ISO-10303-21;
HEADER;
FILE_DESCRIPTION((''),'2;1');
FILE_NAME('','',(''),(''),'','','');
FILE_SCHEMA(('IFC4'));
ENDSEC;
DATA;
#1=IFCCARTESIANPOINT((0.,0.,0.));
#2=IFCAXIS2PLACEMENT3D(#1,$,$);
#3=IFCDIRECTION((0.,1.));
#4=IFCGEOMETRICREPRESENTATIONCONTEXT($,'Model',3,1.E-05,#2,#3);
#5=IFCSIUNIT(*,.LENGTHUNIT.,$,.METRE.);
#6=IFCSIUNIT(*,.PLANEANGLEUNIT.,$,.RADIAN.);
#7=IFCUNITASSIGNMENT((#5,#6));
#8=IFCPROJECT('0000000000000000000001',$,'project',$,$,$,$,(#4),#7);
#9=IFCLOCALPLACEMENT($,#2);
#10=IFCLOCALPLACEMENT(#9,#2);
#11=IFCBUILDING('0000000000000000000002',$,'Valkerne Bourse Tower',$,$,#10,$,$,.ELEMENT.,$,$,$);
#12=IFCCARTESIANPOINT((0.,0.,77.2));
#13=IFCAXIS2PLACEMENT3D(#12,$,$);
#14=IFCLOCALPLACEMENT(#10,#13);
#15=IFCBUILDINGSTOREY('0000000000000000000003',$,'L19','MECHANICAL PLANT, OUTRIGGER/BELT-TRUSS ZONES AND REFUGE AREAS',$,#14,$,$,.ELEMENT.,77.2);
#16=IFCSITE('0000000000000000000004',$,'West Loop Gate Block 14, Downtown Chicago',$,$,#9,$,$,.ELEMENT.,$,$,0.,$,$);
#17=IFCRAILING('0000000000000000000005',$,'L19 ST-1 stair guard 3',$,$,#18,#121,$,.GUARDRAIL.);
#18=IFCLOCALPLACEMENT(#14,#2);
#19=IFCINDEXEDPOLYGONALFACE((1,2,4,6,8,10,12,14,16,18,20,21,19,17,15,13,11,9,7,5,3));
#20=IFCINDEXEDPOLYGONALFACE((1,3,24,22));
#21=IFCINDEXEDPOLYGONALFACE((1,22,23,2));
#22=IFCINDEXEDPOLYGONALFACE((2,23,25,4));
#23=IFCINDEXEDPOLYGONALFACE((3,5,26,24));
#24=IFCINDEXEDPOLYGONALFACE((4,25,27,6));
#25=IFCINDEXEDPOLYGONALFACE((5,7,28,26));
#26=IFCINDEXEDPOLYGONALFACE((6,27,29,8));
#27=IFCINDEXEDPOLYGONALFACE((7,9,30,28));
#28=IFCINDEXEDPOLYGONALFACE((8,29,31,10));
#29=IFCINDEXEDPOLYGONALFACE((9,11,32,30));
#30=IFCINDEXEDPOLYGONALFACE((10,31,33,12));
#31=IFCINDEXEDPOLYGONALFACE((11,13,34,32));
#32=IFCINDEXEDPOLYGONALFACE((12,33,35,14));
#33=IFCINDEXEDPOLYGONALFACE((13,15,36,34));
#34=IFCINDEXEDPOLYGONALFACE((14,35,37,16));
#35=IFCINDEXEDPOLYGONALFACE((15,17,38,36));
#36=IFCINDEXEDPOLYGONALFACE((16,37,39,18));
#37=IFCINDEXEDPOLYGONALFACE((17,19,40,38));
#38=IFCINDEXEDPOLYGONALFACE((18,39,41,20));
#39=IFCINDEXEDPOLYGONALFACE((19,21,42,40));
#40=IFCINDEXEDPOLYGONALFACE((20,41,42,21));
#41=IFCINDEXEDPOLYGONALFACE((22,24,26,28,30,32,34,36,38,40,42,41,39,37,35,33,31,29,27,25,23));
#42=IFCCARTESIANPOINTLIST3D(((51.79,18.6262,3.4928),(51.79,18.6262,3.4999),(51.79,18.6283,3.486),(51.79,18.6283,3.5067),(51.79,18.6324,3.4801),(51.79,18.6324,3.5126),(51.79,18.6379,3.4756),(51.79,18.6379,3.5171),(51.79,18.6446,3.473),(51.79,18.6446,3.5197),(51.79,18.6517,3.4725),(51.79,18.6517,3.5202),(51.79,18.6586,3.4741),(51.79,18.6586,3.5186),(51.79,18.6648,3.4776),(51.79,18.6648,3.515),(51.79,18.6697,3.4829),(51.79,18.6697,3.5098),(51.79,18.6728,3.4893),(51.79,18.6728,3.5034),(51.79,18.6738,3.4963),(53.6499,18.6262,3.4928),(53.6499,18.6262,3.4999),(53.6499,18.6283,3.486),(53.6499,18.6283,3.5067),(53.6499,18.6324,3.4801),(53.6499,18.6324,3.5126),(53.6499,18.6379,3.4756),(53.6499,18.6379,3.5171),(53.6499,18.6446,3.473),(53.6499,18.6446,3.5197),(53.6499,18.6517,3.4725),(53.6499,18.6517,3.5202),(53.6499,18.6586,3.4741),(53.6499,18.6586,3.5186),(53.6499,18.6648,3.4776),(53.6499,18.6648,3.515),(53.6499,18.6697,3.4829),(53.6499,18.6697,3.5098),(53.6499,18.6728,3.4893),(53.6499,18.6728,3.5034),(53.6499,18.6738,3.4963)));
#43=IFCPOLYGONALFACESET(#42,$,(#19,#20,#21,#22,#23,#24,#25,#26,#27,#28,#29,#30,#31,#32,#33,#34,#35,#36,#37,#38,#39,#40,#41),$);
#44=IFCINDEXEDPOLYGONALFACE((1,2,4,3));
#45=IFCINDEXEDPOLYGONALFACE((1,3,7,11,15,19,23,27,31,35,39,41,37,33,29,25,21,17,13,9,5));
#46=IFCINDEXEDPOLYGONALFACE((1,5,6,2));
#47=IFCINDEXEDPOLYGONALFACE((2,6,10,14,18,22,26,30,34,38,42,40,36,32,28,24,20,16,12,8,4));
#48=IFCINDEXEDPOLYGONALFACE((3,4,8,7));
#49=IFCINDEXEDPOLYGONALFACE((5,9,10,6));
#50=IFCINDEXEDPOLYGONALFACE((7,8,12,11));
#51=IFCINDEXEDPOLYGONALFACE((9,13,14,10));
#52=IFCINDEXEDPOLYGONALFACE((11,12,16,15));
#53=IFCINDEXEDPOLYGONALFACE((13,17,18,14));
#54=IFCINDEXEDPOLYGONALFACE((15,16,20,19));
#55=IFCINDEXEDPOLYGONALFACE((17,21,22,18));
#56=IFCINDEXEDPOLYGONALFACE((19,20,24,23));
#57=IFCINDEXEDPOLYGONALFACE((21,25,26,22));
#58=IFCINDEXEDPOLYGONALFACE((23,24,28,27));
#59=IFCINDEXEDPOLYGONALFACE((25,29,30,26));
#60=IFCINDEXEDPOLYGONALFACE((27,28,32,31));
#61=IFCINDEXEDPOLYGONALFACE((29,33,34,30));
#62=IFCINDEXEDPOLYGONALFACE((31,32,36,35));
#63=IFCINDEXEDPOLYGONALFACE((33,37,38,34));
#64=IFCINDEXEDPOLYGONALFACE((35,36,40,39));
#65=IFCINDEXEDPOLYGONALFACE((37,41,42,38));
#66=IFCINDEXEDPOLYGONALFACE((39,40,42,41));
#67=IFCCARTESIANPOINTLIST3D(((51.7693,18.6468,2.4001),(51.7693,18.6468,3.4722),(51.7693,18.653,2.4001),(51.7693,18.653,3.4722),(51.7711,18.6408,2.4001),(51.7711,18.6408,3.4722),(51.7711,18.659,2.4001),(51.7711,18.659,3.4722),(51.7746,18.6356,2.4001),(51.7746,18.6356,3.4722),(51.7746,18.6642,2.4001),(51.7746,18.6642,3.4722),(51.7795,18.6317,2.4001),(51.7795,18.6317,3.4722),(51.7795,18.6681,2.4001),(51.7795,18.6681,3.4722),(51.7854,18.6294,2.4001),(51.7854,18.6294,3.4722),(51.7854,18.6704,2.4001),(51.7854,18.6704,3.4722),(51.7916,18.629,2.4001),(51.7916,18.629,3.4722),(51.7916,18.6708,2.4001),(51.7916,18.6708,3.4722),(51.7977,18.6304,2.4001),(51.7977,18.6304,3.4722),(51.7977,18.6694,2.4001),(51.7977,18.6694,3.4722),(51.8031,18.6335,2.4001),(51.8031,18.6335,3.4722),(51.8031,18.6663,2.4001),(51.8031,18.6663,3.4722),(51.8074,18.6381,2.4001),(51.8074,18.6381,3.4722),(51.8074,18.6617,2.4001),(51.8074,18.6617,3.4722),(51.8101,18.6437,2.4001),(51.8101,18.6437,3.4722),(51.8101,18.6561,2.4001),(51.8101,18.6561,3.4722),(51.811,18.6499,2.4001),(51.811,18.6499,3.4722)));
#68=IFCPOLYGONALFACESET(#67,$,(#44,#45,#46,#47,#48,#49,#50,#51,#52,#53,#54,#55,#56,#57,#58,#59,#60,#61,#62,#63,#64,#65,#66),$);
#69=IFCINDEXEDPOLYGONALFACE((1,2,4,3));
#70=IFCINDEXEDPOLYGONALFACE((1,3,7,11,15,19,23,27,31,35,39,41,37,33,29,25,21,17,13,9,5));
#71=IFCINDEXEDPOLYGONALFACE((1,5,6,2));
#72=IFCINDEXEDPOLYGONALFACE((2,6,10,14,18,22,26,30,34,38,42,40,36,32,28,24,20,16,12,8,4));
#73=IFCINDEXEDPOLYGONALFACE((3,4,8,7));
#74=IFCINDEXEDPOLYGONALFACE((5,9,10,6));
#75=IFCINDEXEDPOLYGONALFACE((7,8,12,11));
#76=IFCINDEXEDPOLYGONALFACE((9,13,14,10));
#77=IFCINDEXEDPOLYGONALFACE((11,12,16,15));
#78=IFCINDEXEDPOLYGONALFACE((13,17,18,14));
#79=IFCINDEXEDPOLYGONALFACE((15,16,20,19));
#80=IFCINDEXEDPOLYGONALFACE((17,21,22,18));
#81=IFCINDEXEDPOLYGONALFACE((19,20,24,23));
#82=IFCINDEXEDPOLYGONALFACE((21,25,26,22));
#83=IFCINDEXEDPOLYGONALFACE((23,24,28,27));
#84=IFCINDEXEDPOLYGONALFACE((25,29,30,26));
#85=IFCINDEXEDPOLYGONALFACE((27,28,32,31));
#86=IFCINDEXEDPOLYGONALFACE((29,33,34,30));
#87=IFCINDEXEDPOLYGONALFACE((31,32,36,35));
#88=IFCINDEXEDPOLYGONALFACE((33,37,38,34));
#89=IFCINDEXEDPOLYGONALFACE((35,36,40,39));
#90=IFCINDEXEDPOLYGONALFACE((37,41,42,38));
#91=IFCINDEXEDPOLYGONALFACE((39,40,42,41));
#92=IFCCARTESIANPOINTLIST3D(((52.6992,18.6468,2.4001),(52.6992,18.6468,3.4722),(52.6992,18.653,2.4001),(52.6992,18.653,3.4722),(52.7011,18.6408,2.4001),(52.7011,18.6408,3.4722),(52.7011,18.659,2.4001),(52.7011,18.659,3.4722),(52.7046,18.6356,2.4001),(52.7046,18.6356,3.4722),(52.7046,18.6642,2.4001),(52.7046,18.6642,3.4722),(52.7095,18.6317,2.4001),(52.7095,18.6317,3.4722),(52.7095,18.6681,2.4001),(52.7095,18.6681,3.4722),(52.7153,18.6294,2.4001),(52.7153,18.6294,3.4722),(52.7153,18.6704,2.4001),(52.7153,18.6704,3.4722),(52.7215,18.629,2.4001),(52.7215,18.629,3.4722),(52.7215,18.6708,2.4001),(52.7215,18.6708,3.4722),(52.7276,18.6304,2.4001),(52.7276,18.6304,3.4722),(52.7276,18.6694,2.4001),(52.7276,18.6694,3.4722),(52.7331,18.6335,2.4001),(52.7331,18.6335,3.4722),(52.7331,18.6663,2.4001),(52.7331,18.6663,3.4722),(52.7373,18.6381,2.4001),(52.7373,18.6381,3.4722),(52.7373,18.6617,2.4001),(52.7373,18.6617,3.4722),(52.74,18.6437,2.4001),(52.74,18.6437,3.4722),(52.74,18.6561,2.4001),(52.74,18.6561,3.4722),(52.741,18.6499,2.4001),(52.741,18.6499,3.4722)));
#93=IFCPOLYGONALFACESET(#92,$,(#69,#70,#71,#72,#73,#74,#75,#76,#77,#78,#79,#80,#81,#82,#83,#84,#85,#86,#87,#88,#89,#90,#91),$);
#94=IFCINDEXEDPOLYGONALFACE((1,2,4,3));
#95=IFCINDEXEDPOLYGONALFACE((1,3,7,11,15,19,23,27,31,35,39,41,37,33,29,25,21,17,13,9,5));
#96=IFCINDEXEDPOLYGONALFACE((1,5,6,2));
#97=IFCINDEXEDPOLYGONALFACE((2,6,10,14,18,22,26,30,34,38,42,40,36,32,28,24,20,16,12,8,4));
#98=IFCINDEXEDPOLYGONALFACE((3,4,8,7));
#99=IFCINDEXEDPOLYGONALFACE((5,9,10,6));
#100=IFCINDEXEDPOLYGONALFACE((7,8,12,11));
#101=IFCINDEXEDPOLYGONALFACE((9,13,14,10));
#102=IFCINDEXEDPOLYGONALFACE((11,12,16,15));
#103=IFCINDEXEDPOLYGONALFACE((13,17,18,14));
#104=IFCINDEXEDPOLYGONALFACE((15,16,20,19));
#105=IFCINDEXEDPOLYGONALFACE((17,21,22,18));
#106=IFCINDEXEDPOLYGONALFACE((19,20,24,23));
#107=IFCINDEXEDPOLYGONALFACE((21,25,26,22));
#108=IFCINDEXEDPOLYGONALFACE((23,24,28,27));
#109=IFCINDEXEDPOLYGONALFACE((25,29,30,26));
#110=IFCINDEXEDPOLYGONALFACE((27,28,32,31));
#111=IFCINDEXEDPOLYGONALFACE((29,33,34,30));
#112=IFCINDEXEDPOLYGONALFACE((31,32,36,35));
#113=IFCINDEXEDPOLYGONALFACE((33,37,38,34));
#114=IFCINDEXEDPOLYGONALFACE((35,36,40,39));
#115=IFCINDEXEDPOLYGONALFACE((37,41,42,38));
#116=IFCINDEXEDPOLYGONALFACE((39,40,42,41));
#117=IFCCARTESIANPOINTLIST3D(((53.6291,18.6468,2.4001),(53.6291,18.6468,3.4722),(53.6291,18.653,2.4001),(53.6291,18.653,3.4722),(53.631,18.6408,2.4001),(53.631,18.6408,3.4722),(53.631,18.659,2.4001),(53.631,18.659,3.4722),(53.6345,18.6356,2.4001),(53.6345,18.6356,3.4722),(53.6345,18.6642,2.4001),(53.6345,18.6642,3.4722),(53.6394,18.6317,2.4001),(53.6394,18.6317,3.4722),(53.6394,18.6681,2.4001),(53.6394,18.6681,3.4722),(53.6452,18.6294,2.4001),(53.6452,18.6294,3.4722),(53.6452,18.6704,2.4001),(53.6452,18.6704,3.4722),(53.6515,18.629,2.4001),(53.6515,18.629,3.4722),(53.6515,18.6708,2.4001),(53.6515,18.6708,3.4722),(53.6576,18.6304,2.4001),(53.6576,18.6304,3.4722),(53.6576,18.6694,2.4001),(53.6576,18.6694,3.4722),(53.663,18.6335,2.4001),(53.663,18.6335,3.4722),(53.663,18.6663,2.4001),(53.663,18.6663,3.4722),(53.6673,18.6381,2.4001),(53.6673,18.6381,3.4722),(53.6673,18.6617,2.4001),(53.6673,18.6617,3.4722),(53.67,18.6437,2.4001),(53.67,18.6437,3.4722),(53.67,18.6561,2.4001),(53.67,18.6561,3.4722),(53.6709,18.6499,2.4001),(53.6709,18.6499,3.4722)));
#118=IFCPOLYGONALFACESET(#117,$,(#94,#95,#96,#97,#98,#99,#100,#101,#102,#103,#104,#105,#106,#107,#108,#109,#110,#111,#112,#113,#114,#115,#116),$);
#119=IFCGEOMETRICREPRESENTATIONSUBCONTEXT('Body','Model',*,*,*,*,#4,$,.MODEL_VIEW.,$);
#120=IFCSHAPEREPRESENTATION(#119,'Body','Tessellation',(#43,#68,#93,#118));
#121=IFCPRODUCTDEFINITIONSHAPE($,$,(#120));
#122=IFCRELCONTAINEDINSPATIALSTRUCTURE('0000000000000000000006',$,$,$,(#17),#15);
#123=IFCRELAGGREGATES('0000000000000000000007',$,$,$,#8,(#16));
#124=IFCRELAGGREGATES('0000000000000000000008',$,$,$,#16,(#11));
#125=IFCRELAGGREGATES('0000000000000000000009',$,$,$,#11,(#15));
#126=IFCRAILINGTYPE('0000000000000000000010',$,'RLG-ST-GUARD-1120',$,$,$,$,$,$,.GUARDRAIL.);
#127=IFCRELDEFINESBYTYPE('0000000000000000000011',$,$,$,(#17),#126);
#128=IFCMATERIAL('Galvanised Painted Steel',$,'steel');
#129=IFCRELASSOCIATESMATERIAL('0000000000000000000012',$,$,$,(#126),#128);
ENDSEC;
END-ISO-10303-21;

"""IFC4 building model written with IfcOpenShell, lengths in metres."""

from ifc_helpers import new_model, si_unit, direction, frame, origin, origin_2d, place, context, subcontext, project, spatial, circle, extrude, material, type_object, element, save


model = new_model("IFC4")

# Units and contexts
model_context = context("Model", 3, precision=1e-05, world=origin(), true_north=direction((0.0, 1.0)))
body_context = subcontext(model_context, "Body", "Model", "MODEL_VIEW")
ifc_project = project(units=[si_unit("LENGTHUNIT", "METRE"), si_unit("PLANEANGLEUNIT", "RADIAN")], contexts=[model_context])

# Site, building, storey
site_placement = place(None, origin())
site = spatial("IfcSite", under=ifc_project, at=site_placement, Name="West Loop Gate Block 14, Downtown Chicago", CompositionType="ELEMENT", RefElevation=0.0)
building_placement = place(site_placement, origin())
building = spatial("IfcBuilding", under=site, at=building_placement, Name="Valkerne Bourse Tower", CompositionType="ELEMENT")
storey_placement = place(building_placement, frame((0.0, 0.0, 77.2)))
storey = spatial("IfcBuildingStorey", under=building, at=storey_placement, Name="L19", Description="MECHANICAL PLANT, OUTRIGGER/BELT-TRUSS ZONES AND REFUGE AREAS", CompositionType="ELEMENT", Elevation=77.2)

# Shared definitions
ifc_material_1 = material(Name="Galvanised Painted Steel", Category="steel")

# Railing
railing_type_1 = type_object("IfcRailingType", Name="RLG-ST-GUARD-1120", PredefinedType="GUARDRAIL", material=ifc_material_1)
railing_1_placement = place(storey_placement, frame((51.79, 18.6499, 2.4001)))
element("IfcRailing", 1, at=railing_1_placement, inside=storey, type_object=railing_type_1, Name="L19 ST-1 stair guard 3", PredefinedType="GUARDRAIL", context=body_context, shape_type="SweptSolid", body=[
    extrude(circle(Radius=0.0239, at=origin_2d()), frame((0.0, 0.0, 1.0962), z_axis=(1.0, 0.0, 0.0), x_axis=(0.0, 1.0, 0.0)), (0.0, 0.0, 1.0), 1.8599),
    extrude(circle(Radius=0.021, at=origin_2d()), origin(), (0.0, 0.0, 1.0), 1.072),
    extrude(circle(Radius=0.021, at=origin_2d()), frame((0.9299, 0.0, 0.0)), (0.0, 0.0, 1.0), 1.072),
    extrude(circle(Radius=0.021, at=origin_2d()), frame((1.8599, 0.0, 0.0)), (0.0, 0.0, 1.0), 1.072),
])

save(model, "model.ifc")
